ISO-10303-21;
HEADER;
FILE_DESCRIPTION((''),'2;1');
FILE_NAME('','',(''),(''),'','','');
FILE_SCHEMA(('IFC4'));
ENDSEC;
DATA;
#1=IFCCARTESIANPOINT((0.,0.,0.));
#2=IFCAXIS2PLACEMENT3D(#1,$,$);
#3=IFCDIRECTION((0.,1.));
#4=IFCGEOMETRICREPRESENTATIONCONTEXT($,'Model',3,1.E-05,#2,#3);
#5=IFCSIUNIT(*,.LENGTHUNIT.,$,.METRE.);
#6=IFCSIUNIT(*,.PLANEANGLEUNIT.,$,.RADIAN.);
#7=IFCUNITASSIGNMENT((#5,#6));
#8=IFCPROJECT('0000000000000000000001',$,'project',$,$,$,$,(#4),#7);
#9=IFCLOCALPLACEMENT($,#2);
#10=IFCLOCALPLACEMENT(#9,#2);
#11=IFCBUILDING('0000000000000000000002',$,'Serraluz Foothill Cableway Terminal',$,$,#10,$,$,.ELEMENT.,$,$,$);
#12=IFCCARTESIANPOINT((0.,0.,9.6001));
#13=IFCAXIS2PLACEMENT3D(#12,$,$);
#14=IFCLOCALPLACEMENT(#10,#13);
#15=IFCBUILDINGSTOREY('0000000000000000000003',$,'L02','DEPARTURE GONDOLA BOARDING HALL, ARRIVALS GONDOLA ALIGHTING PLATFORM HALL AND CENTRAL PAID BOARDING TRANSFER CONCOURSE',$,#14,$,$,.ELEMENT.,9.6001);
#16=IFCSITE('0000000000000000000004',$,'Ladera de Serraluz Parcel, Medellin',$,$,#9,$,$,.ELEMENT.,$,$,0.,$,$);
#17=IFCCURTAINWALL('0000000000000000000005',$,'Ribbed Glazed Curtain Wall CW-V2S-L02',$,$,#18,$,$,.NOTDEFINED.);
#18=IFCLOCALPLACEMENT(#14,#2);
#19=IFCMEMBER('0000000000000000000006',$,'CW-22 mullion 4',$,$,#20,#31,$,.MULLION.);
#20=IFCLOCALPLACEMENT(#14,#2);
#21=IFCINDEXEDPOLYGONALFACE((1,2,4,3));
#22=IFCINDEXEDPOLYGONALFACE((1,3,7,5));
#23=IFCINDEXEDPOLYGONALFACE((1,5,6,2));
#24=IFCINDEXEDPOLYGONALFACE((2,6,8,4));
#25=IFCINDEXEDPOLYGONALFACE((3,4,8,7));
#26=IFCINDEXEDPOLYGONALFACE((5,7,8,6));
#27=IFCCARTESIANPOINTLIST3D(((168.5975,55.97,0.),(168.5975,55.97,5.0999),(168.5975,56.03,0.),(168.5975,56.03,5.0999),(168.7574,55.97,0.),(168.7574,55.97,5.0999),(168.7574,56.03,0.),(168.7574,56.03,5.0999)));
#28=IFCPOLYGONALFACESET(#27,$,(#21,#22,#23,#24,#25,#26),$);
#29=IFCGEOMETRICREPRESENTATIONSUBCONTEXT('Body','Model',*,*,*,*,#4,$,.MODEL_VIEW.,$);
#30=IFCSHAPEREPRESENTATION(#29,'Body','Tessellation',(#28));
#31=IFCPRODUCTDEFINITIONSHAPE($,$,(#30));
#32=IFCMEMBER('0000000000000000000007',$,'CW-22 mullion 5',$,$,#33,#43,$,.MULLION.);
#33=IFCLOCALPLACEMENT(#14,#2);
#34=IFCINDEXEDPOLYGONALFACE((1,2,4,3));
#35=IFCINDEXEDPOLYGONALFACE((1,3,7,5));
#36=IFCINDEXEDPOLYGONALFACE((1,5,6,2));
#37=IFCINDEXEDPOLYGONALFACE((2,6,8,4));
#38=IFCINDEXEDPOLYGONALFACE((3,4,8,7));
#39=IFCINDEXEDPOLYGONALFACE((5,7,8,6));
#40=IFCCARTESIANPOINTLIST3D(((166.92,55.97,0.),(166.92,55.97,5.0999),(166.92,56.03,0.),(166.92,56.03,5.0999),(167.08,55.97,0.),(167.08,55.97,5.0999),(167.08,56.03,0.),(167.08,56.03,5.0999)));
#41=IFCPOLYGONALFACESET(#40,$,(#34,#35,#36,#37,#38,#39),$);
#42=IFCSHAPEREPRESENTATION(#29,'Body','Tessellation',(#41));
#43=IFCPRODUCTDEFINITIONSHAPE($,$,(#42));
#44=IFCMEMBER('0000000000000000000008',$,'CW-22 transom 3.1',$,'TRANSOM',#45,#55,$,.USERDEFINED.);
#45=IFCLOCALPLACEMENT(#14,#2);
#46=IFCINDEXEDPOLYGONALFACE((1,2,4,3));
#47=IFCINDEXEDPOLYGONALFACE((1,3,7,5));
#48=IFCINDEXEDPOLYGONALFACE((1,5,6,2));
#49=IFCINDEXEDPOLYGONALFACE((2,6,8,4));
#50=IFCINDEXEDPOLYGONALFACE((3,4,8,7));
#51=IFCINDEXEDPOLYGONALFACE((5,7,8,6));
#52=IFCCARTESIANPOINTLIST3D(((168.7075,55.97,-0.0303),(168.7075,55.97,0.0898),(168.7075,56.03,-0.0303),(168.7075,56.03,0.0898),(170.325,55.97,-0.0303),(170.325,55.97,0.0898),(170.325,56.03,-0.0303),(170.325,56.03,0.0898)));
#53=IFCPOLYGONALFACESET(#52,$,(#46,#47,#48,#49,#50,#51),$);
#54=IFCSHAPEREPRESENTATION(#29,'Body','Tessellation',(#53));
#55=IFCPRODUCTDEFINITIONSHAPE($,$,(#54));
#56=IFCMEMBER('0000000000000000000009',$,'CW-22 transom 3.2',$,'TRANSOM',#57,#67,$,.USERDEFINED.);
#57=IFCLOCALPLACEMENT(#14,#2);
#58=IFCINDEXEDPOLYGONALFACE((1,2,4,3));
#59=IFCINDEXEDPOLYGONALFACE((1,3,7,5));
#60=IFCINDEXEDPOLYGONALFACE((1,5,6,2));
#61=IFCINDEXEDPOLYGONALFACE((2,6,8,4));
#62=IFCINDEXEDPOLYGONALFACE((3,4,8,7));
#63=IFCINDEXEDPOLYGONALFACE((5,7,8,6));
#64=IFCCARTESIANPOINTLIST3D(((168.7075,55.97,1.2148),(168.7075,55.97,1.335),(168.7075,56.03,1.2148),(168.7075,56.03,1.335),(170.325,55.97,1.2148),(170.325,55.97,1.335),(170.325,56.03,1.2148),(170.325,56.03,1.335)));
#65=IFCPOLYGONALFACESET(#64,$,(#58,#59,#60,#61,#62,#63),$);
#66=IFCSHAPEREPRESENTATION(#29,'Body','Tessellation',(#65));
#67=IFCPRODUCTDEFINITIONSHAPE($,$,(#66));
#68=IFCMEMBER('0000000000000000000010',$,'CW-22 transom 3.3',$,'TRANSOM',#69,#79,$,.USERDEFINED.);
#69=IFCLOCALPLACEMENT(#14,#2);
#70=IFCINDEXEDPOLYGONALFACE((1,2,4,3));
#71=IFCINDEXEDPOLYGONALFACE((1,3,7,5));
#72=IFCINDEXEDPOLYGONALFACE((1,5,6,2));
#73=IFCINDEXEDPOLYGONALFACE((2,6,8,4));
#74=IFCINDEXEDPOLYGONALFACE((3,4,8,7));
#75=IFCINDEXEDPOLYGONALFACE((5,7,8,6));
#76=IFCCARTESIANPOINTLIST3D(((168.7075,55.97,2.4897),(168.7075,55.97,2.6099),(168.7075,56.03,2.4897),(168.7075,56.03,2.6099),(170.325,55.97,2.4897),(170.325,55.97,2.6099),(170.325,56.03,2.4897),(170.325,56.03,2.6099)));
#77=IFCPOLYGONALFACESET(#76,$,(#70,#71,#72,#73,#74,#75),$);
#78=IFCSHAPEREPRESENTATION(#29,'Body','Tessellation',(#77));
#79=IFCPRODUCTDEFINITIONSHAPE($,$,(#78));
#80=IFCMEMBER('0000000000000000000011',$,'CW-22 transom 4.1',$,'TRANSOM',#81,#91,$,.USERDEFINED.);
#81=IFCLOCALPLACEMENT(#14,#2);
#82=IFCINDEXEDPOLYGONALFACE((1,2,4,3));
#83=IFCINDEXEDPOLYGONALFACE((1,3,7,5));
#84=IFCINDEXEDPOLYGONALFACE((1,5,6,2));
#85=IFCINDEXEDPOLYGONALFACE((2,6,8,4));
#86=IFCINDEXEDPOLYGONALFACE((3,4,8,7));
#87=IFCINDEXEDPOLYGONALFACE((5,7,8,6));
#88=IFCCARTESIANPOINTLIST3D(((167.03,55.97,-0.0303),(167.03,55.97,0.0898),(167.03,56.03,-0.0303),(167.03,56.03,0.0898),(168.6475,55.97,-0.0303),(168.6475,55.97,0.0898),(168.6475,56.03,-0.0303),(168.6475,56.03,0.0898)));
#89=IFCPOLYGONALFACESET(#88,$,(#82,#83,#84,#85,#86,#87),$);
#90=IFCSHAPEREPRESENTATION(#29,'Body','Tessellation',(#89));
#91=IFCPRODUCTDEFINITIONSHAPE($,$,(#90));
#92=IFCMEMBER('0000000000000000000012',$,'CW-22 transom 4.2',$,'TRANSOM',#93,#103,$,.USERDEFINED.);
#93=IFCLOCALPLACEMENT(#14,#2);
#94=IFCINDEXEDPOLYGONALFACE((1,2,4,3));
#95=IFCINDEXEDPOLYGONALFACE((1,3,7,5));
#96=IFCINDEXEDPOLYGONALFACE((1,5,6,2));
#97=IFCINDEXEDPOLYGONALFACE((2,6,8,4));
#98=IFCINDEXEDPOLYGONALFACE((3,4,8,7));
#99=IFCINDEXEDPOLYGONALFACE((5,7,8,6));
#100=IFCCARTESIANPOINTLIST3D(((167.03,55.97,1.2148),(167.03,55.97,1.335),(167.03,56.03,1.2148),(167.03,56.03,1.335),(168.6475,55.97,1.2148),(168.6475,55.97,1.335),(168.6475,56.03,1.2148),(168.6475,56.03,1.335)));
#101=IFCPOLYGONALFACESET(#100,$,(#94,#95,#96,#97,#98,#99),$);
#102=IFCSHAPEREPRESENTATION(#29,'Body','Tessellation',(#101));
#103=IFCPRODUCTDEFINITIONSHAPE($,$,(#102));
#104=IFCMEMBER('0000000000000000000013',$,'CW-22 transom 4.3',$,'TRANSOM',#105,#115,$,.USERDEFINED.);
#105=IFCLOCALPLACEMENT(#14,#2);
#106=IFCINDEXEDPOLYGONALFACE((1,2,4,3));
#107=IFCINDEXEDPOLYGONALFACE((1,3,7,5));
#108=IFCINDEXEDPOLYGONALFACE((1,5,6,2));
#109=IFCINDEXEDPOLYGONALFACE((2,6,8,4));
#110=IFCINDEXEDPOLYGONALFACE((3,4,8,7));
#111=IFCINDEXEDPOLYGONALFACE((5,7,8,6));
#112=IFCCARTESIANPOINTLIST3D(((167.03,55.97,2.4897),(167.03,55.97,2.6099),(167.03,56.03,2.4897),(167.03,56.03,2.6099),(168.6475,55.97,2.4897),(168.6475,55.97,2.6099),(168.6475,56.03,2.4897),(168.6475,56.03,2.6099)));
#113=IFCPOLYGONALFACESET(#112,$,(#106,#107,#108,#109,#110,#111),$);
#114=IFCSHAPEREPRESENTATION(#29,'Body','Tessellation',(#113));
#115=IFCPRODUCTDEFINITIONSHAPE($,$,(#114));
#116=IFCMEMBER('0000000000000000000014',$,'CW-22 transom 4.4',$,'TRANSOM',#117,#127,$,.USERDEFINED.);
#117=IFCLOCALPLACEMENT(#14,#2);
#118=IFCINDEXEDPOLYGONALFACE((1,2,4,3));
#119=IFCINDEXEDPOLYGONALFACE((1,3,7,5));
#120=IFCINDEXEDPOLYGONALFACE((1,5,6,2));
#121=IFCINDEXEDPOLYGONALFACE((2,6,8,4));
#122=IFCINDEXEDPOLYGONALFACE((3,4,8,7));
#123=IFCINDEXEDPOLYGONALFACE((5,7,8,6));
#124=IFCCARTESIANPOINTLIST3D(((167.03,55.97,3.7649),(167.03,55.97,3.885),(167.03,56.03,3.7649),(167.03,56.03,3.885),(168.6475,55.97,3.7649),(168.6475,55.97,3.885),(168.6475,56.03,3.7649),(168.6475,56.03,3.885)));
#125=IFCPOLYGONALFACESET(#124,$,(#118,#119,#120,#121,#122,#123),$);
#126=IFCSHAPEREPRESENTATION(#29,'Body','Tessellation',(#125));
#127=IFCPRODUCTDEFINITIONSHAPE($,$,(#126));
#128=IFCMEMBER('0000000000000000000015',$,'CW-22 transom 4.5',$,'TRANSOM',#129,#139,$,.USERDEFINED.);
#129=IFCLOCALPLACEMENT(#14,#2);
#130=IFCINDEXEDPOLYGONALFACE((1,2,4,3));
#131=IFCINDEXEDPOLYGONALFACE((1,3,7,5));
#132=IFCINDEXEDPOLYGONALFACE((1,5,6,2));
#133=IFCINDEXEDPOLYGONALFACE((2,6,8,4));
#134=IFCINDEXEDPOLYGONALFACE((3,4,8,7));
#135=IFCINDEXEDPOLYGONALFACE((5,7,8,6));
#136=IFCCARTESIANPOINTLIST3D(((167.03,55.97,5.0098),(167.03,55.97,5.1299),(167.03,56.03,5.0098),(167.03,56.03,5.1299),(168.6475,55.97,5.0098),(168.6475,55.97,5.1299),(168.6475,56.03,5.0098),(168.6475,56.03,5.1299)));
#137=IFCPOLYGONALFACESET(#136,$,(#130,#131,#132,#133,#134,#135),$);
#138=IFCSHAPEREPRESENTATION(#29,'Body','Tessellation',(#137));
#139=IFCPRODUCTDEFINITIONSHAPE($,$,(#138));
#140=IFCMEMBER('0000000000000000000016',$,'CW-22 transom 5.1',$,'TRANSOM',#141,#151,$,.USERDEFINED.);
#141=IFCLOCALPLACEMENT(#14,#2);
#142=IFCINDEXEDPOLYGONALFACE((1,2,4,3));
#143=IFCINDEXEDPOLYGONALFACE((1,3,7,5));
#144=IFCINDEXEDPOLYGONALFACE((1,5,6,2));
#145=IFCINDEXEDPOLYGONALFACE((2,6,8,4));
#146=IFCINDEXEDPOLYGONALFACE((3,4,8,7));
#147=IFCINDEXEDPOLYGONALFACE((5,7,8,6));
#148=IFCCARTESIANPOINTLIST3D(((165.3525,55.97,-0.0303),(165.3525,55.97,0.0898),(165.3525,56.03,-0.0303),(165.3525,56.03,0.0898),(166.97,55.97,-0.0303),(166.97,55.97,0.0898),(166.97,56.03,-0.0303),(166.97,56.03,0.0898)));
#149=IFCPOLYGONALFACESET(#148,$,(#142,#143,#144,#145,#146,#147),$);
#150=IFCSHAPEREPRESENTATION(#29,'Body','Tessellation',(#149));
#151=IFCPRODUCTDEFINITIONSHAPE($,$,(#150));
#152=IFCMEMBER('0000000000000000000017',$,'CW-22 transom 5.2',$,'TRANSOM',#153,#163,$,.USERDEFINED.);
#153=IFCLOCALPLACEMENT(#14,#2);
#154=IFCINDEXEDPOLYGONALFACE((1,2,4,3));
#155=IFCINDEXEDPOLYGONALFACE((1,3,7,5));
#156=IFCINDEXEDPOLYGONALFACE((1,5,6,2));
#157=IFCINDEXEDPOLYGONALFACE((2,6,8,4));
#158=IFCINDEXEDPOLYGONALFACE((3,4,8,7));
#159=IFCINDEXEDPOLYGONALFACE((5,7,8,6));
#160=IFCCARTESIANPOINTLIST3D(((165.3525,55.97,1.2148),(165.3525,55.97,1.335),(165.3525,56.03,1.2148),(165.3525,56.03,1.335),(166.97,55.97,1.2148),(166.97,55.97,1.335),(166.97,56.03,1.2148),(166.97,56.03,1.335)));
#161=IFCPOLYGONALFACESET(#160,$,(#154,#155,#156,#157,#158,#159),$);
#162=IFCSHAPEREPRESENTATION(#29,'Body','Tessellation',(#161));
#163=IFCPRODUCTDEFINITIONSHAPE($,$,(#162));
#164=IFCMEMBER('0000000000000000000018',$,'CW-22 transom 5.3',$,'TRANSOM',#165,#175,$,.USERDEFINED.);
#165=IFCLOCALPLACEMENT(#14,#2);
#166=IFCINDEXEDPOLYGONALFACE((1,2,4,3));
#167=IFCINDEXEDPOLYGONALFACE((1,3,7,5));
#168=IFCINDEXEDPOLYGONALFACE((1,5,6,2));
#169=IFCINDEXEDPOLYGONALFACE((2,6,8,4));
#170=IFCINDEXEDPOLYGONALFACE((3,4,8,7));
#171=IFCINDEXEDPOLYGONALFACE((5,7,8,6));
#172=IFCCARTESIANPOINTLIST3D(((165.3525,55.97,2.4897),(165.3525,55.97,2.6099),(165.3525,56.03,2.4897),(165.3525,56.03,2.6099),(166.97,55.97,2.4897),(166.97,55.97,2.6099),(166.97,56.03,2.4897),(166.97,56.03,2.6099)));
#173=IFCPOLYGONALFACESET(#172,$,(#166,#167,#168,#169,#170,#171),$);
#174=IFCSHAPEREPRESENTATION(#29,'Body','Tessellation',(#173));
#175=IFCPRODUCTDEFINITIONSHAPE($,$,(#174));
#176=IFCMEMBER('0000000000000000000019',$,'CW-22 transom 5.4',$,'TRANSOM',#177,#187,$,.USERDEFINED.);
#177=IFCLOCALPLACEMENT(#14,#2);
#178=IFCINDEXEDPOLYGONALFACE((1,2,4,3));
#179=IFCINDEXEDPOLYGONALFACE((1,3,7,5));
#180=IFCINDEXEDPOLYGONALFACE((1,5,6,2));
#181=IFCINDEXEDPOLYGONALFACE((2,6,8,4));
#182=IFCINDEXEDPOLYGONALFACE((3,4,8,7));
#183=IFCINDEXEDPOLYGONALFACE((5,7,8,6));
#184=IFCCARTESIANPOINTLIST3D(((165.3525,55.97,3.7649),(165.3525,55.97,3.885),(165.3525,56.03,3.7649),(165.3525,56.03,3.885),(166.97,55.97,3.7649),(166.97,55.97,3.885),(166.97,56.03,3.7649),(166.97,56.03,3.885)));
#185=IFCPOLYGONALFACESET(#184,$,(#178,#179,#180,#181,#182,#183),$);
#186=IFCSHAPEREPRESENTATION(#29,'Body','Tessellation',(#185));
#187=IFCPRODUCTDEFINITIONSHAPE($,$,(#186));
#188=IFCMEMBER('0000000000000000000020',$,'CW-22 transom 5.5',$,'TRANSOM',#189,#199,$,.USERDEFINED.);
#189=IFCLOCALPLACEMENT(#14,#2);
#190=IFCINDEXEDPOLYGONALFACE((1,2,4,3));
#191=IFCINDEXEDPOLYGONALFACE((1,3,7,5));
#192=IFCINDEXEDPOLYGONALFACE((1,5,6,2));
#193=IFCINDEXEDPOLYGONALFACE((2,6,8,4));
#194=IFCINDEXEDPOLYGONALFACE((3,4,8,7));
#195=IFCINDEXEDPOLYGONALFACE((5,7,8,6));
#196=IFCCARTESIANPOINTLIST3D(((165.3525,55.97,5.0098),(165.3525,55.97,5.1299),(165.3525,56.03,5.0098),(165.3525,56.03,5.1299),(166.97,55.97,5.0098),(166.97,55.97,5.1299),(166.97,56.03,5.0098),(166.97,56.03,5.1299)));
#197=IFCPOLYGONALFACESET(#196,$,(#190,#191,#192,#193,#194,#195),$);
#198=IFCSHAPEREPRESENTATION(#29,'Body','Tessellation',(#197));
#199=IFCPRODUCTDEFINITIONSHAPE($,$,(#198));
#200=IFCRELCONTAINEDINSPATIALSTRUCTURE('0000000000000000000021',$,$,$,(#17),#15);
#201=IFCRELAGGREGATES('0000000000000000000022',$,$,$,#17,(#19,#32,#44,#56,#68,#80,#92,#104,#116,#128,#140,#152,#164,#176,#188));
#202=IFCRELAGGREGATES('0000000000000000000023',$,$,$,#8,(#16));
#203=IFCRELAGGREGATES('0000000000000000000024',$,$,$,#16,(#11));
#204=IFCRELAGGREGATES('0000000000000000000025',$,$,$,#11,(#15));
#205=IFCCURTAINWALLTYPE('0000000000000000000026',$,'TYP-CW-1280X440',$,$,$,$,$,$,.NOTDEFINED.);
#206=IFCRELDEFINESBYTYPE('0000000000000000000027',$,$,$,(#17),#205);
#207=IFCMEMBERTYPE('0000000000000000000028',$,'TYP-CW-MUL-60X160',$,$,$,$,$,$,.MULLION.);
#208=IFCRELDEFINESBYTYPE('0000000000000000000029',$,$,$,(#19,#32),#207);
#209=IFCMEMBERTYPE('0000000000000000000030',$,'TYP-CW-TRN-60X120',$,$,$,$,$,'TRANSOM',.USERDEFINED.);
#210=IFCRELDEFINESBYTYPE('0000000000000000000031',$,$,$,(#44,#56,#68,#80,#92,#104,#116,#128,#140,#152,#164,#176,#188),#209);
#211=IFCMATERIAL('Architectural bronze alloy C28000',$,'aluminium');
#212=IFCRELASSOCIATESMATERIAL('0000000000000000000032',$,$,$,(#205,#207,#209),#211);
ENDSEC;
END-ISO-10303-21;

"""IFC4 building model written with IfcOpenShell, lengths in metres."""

from ifc_helpers import new_model, si_unit, direction, frame, origin, origin_2d, place, context, subcontext, project, spatial, rectangle, extrude, material, material_profile, profile_set, type_object, element, aggregate, save


model = new_model("IFC4")

# Units and contexts
model_context = context("Model", 3, precision=1e-05, world=origin(), true_north=direction((0.0, 1.0)))
body_context = subcontext(model_context, "Body", "Model", "MODEL_VIEW")
ifc_project = project(units=[si_unit("LENGTHUNIT", "METRE"), si_unit("PLANEANGLEUNIT", "RADIAN")], contexts=[model_context])

# Site, building, storey
site_placement = place(None, origin())
site = spatial("IfcSite", under=ifc_project, at=site_placement, Name="Ladera de Serraluz Parcel, Medellin", CompositionType="ELEMENT", RefElevation=0.0)
building_placement = place(site_placement, origin())
building = spatial("IfcBuilding", under=site, at=building_placement, Name="Serraluz Foothill Cableway Terminal", CompositionType="ELEMENT")
storey_placement = place(building_placement, frame((0.0, 0.0, 9.6001)))
storey = spatial("IfcBuildingStorey", under=building, at=storey_placement, Name="L02", Description="DEPARTURE GONDOLA BOARDING HALL, ARRIVALS GONDOLA ALIGHTING PLATFORM HALL AND CENTRAL PAID BOARDING TRANSFER CONCOURSE", CompositionType="ELEMENT", Elevation=9.6001)

# Curtain wall, members
ifc_material_1 = material(Name="Architectural bronze alloy C28000", Category="aluminium")
curtain_wall_type = type_object("IfcCurtainWallType", Name="TYP-CW-1280X440", PredefinedType="NOTDEFINED", material=ifc_material_1)
curtain_wall_placement = place(storey_placement, origin())
curtain_wall = element("IfcCurtainWall", 1, at=curtain_wall_placement, inside=storey, type_object=curtain_wall_type, Name="Ribbed Glazed Curtain Wall CW-V2S-L02", PredefinedType="NOTDEFINED")
ifc_material_profile_1 = material_profile(ifc_material_1, rectangle(XDim=0.0601, YDim=0.1599, at=origin_2d()), Name="ALU MULLION 60x160")
ifc_profile_set_1 = profile_set([ifc_material_profile_1], Name="Architectural bronze alloy C28000")
member_type_1 = type_object("IfcMemberType", Name="TYP-CW-MUL-60X160", PredefinedType="MULLION", material=ifc_profile_set_1)
member_1_placement = place(storey_placement, frame((168.6775, 56.0, 0.0), z_axis=(0.0, 0.0, 1.0), x_axis=(0.0, -1.0, 0.0)))
member_1 = element("IfcMember", 2, at=member_1_placement, type_object=member_type_1, Name="CW-22 mullion 4", PredefinedType="MULLION", context=body_context, shape_type="SweptSolid", body=[
    extrude(rectangle(XDim=0.0601, YDim=0.1599, at=origin_2d()), origin(), (0.0, 0.0, 1.0), 5.0999),
])
member_2_placement = place(storey_placement, frame((167.0, 56.0, 0.0), z_axis=(0.0, 0.0, 1.0), x_axis=(0.0, -1.0, 0.0)))
member_2 = element("IfcMember", 3, at=member_2_placement, type_object=member_type_1, Name="CW-22 mullion 5", PredefinedType="MULLION", context=body_context, shape_type="SweptSolid", body=[
    extrude(rectangle(XDim=0.0601, YDim=0.1599, at=origin_2d()), origin(), (0.0, 0.0, 1.0), 5.0999),
])
ifc_material_profile_2 = material_profile(ifc_material_1, rectangle(XDim=0.0601, YDim=0.1201, at=origin_2d()), Name="ALU TRANSOM 60x120")
ifc_profile_set_2 = profile_set([ifc_material_profile_2], Name="Architectural bronze alloy C28000")
member_type_2 = type_object("IfcMemberType", Name="TYP-CW-TRN-60X120", ElementType="TRANSOM", PredefinedType="USERDEFINED", material=ifc_profile_set_2)
member_3_placement = place(storey_placement, frame((170.325, 56.0, 0.0298), z_axis=(-1.0, 0.0, 0.0), x_axis=(0.0, -1.0, 0.0)))
member_3 = element("IfcMember", 4, at=member_3_placement, type_object=member_type_2, Name="CW-22 transom 3.1", ObjectType="TRANSOM", PredefinedType="USERDEFINED", context=body_context, shape_type="SweptSolid", body=[
    extrude(rectangle(XDim=0.0601, YDim=0.1201, at=origin_2d()), origin(), (0.0, 0.0, 1.0), 1.6174),
])
member_4_placement = place(storey_placement, frame((170.325, 56.0, 1.2749), z_axis=(-1.0, 0.0, 0.0), x_axis=(0.0, -1.0, 0.0)))
member_4 = element("IfcMember", 5, at=member_4_placement, type_object=member_type_2, Name="CW-22 transom 3.2", ObjectType="TRANSOM", PredefinedType="USERDEFINED", context=body_context, shape_type="SweptSolid", body=[
    extrude(rectangle(XDim=0.0601, YDim=0.1201, at=origin_2d()), origin(), (0.0, 0.0, 1.0), 1.6174),
])
member_5_placement = place(storey_placement, frame((170.325, 56.0, 2.5498), z_axis=(-1.0, 0.0, 0.0), x_axis=(0.0, -1.0, 0.0)))
member_5 = element("IfcMember", 6, at=member_5_placement, type_object=member_type_2, Name="CW-22 transom 3.3", ObjectType="TRANSOM", PredefinedType="USERDEFINED", context=body_context, shape_type="SweptSolid", body=[
    extrude(rectangle(XDim=0.0601, YDim=0.1201, at=origin_2d()), origin(), (0.0, 0.0, 1.0), 1.6174),
])
member_6_placement = place(storey_placement, frame((168.6475, 56.0, 0.0298), z_axis=(-1.0, 0.0, 0.0), x_axis=(0.0, -1.0, 0.0)))
member_6 = element("IfcMember", 7, at=member_6_placement, type_object=member_type_2, Name="CW-22 transom 4.1", ObjectType="TRANSOM", PredefinedType="USERDEFINED", context=body_context, shape_type="SweptSolid", body=[
    extrude(rectangle(XDim=0.0601, YDim=0.1201, at=origin_2d()), origin(), (0.0, 0.0, 1.0), 1.6174),
])
member_7_placement = place(storey_placement, frame((168.6475, 56.0, 1.2749), z_axis=(-1.0, 0.0, 0.0), x_axis=(0.0, -1.0, 0.0)))
member_7 = element("IfcMember", 8, at=member_7_placement, type_object=member_type_2, Name="CW-22 transom 4.2", ObjectType="TRANSOM", PredefinedType="USERDEFINED", context=body_context, shape_type="SweptSolid", body=[
    extrude(rectangle(XDim=0.0601, YDim=0.1201, at=origin_2d()), origin(), (0.0, 0.0, 1.0), 1.6174),
])
member_8_placement = place(storey_placement, frame((168.6475, 56.0, 2.5498), z_axis=(-1.0, 0.0, 0.0), x_axis=(0.0, -1.0, 0.0)))
member_8 = element("IfcMember", 9, at=member_8_placement, type_object=member_type_2, Name="CW-22 transom 4.3", ObjectType="TRANSOM", PredefinedType="USERDEFINED", context=body_context, shape_type="SweptSolid", body=[
    extrude(rectangle(XDim=0.0601, YDim=0.1201, at=origin_2d()), origin(), (0.0, 0.0, 1.0), 1.6174),
])
member_9_placement = place(storey_placement, frame((168.6475, 56.0, 3.825), z_axis=(-1.0, 0.0, 0.0), x_axis=(0.0, -1.0, 0.0)))
member_9 = element("IfcMember", 10, at=member_9_placement, type_object=member_type_2, Name="CW-22 transom 4.4", ObjectType="TRANSOM", PredefinedType="USERDEFINED", context=body_context, shape_type="SweptSolid", body=[
    extrude(rectangle(XDim=0.0601, YDim=0.1201, at=origin_2d()), origin(), (0.0, 0.0, 1.0), 1.6174),
])
member_10_placement = place(storey_placement, frame((168.6475, 56.0, 5.0698), z_axis=(-1.0, 0.0, 0.0), x_axis=(0.0, -1.0, 0.0)))
member_10 = element("IfcMember", 11, at=member_10_placement, type_object=member_type_2, Name="CW-22 transom 4.5", ObjectType="TRANSOM", PredefinedType="USERDEFINED", context=body_context, shape_type="SweptSolid", body=[
    extrude(rectangle(XDim=0.0601, YDim=0.1201, at=origin_2d()), origin(), (0.0, 0.0, 1.0), 1.6174),
])
member_11_placement = place(storey_placement, frame((166.97, 56.0, 0.0298), z_axis=(-1.0, 0.0, 0.0), x_axis=(0.0, -1.0, 0.0)))
member_11 = element("IfcMember", 12, at=member_11_placement, type_object=member_type_2, Name="CW-22 transom 5.1", ObjectType="TRANSOM", PredefinedType="USERDEFINED", context=body_context, shape_type="SweptSolid", body=[
    extrude(rectangle(XDim=0.0601, YDim=0.1201, at=origin_2d()), origin(), (0.0, 0.0, 1.0), 1.6174),
])
member_12_placement = place(storey_placement, frame((166.97, 56.0, 1.2749), z_axis=(-1.0, 0.0, 0.0), x_axis=(0.0, -1.0, 0.0)))
member_12 = element("IfcMember", 13, at=member_12_placement, type_object=member_type_2, Name="CW-22 transom 5.2", ObjectType="TRANSOM", PredefinedType="USERDEFINED", context=body_context, shape_type="SweptSolid", body=[
    extrude(rectangle(XDim=0.0601, YDim=0.1201, at=origin_2d()), origin(), (0.0, 0.0, 1.0), 1.6174),
])
member_13_placement = place(storey_placement, frame((166.97, 56.0, 2.5498), z_axis=(-1.0, 0.0, 0.0), x_axis=(0.0, -1.0, 0.0)))
member_13 = element("IfcMember", 14, at=member_13_placement, type_object=member_type_2, Name="CW-22 transom 5.3", ObjectType="TRANSOM", PredefinedType="USERDEFINED", context=body_context, shape_type="SweptSolid", body=[
    extrude(rectangle(XDim=0.0601, YDim=0.1201, at=origin_2d()), origin(), (0.0, 0.0, 1.0), 1.6174),
])
member_14_placement = place(storey_placement, frame((166.97, 56.0, 3.825), z_axis=(-1.0, 0.0, 0.0), x_axis=(0.0, -1.0, 0.0)))
member_14 = element("IfcMember", 15, at=member_14_placement, type_object=member_type_2, Name="CW-22 transom 5.4", ObjectType="TRANSOM", PredefinedType="USERDEFINED", context=body_context, shape_type="SweptSolid", body=[
    extrude(rectangle(XDim=0.0601, YDim=0.1201, at=origin_2d()), origin(), (0.0, 0.0, 1.0), 1.6174),
])
member_15_placement = place(storey_placement, frame((166.97, 56.0, 5.0698), z_axis=(-1.0, 0.0, 0.0), x_axis=(0.0, -1.0, 0.0)))
member_15 = element("IfcMember", 16, at=member_15_placement, type_object=member_type_2, Name="CW-22 transom 5.5", ObjectType="TRANSOM", PredefinedType="USERDEFINED", context=body_context, shape_type="SweptSolid", body=[
    extrude(rectangle(XDim=0.0601, YDim=0.1201, at=origin_2d()), origin(), (0.0, 0.0, 1.0), 1.6174),
])
aggregate(curtain_wall, [member_1, member_2, member_3, member_4, member_5, member_6, member_7, member_8, member_9, member_10, member_11, member_12, member_13, member_14, member_15])

save(model, "model.ifc")
